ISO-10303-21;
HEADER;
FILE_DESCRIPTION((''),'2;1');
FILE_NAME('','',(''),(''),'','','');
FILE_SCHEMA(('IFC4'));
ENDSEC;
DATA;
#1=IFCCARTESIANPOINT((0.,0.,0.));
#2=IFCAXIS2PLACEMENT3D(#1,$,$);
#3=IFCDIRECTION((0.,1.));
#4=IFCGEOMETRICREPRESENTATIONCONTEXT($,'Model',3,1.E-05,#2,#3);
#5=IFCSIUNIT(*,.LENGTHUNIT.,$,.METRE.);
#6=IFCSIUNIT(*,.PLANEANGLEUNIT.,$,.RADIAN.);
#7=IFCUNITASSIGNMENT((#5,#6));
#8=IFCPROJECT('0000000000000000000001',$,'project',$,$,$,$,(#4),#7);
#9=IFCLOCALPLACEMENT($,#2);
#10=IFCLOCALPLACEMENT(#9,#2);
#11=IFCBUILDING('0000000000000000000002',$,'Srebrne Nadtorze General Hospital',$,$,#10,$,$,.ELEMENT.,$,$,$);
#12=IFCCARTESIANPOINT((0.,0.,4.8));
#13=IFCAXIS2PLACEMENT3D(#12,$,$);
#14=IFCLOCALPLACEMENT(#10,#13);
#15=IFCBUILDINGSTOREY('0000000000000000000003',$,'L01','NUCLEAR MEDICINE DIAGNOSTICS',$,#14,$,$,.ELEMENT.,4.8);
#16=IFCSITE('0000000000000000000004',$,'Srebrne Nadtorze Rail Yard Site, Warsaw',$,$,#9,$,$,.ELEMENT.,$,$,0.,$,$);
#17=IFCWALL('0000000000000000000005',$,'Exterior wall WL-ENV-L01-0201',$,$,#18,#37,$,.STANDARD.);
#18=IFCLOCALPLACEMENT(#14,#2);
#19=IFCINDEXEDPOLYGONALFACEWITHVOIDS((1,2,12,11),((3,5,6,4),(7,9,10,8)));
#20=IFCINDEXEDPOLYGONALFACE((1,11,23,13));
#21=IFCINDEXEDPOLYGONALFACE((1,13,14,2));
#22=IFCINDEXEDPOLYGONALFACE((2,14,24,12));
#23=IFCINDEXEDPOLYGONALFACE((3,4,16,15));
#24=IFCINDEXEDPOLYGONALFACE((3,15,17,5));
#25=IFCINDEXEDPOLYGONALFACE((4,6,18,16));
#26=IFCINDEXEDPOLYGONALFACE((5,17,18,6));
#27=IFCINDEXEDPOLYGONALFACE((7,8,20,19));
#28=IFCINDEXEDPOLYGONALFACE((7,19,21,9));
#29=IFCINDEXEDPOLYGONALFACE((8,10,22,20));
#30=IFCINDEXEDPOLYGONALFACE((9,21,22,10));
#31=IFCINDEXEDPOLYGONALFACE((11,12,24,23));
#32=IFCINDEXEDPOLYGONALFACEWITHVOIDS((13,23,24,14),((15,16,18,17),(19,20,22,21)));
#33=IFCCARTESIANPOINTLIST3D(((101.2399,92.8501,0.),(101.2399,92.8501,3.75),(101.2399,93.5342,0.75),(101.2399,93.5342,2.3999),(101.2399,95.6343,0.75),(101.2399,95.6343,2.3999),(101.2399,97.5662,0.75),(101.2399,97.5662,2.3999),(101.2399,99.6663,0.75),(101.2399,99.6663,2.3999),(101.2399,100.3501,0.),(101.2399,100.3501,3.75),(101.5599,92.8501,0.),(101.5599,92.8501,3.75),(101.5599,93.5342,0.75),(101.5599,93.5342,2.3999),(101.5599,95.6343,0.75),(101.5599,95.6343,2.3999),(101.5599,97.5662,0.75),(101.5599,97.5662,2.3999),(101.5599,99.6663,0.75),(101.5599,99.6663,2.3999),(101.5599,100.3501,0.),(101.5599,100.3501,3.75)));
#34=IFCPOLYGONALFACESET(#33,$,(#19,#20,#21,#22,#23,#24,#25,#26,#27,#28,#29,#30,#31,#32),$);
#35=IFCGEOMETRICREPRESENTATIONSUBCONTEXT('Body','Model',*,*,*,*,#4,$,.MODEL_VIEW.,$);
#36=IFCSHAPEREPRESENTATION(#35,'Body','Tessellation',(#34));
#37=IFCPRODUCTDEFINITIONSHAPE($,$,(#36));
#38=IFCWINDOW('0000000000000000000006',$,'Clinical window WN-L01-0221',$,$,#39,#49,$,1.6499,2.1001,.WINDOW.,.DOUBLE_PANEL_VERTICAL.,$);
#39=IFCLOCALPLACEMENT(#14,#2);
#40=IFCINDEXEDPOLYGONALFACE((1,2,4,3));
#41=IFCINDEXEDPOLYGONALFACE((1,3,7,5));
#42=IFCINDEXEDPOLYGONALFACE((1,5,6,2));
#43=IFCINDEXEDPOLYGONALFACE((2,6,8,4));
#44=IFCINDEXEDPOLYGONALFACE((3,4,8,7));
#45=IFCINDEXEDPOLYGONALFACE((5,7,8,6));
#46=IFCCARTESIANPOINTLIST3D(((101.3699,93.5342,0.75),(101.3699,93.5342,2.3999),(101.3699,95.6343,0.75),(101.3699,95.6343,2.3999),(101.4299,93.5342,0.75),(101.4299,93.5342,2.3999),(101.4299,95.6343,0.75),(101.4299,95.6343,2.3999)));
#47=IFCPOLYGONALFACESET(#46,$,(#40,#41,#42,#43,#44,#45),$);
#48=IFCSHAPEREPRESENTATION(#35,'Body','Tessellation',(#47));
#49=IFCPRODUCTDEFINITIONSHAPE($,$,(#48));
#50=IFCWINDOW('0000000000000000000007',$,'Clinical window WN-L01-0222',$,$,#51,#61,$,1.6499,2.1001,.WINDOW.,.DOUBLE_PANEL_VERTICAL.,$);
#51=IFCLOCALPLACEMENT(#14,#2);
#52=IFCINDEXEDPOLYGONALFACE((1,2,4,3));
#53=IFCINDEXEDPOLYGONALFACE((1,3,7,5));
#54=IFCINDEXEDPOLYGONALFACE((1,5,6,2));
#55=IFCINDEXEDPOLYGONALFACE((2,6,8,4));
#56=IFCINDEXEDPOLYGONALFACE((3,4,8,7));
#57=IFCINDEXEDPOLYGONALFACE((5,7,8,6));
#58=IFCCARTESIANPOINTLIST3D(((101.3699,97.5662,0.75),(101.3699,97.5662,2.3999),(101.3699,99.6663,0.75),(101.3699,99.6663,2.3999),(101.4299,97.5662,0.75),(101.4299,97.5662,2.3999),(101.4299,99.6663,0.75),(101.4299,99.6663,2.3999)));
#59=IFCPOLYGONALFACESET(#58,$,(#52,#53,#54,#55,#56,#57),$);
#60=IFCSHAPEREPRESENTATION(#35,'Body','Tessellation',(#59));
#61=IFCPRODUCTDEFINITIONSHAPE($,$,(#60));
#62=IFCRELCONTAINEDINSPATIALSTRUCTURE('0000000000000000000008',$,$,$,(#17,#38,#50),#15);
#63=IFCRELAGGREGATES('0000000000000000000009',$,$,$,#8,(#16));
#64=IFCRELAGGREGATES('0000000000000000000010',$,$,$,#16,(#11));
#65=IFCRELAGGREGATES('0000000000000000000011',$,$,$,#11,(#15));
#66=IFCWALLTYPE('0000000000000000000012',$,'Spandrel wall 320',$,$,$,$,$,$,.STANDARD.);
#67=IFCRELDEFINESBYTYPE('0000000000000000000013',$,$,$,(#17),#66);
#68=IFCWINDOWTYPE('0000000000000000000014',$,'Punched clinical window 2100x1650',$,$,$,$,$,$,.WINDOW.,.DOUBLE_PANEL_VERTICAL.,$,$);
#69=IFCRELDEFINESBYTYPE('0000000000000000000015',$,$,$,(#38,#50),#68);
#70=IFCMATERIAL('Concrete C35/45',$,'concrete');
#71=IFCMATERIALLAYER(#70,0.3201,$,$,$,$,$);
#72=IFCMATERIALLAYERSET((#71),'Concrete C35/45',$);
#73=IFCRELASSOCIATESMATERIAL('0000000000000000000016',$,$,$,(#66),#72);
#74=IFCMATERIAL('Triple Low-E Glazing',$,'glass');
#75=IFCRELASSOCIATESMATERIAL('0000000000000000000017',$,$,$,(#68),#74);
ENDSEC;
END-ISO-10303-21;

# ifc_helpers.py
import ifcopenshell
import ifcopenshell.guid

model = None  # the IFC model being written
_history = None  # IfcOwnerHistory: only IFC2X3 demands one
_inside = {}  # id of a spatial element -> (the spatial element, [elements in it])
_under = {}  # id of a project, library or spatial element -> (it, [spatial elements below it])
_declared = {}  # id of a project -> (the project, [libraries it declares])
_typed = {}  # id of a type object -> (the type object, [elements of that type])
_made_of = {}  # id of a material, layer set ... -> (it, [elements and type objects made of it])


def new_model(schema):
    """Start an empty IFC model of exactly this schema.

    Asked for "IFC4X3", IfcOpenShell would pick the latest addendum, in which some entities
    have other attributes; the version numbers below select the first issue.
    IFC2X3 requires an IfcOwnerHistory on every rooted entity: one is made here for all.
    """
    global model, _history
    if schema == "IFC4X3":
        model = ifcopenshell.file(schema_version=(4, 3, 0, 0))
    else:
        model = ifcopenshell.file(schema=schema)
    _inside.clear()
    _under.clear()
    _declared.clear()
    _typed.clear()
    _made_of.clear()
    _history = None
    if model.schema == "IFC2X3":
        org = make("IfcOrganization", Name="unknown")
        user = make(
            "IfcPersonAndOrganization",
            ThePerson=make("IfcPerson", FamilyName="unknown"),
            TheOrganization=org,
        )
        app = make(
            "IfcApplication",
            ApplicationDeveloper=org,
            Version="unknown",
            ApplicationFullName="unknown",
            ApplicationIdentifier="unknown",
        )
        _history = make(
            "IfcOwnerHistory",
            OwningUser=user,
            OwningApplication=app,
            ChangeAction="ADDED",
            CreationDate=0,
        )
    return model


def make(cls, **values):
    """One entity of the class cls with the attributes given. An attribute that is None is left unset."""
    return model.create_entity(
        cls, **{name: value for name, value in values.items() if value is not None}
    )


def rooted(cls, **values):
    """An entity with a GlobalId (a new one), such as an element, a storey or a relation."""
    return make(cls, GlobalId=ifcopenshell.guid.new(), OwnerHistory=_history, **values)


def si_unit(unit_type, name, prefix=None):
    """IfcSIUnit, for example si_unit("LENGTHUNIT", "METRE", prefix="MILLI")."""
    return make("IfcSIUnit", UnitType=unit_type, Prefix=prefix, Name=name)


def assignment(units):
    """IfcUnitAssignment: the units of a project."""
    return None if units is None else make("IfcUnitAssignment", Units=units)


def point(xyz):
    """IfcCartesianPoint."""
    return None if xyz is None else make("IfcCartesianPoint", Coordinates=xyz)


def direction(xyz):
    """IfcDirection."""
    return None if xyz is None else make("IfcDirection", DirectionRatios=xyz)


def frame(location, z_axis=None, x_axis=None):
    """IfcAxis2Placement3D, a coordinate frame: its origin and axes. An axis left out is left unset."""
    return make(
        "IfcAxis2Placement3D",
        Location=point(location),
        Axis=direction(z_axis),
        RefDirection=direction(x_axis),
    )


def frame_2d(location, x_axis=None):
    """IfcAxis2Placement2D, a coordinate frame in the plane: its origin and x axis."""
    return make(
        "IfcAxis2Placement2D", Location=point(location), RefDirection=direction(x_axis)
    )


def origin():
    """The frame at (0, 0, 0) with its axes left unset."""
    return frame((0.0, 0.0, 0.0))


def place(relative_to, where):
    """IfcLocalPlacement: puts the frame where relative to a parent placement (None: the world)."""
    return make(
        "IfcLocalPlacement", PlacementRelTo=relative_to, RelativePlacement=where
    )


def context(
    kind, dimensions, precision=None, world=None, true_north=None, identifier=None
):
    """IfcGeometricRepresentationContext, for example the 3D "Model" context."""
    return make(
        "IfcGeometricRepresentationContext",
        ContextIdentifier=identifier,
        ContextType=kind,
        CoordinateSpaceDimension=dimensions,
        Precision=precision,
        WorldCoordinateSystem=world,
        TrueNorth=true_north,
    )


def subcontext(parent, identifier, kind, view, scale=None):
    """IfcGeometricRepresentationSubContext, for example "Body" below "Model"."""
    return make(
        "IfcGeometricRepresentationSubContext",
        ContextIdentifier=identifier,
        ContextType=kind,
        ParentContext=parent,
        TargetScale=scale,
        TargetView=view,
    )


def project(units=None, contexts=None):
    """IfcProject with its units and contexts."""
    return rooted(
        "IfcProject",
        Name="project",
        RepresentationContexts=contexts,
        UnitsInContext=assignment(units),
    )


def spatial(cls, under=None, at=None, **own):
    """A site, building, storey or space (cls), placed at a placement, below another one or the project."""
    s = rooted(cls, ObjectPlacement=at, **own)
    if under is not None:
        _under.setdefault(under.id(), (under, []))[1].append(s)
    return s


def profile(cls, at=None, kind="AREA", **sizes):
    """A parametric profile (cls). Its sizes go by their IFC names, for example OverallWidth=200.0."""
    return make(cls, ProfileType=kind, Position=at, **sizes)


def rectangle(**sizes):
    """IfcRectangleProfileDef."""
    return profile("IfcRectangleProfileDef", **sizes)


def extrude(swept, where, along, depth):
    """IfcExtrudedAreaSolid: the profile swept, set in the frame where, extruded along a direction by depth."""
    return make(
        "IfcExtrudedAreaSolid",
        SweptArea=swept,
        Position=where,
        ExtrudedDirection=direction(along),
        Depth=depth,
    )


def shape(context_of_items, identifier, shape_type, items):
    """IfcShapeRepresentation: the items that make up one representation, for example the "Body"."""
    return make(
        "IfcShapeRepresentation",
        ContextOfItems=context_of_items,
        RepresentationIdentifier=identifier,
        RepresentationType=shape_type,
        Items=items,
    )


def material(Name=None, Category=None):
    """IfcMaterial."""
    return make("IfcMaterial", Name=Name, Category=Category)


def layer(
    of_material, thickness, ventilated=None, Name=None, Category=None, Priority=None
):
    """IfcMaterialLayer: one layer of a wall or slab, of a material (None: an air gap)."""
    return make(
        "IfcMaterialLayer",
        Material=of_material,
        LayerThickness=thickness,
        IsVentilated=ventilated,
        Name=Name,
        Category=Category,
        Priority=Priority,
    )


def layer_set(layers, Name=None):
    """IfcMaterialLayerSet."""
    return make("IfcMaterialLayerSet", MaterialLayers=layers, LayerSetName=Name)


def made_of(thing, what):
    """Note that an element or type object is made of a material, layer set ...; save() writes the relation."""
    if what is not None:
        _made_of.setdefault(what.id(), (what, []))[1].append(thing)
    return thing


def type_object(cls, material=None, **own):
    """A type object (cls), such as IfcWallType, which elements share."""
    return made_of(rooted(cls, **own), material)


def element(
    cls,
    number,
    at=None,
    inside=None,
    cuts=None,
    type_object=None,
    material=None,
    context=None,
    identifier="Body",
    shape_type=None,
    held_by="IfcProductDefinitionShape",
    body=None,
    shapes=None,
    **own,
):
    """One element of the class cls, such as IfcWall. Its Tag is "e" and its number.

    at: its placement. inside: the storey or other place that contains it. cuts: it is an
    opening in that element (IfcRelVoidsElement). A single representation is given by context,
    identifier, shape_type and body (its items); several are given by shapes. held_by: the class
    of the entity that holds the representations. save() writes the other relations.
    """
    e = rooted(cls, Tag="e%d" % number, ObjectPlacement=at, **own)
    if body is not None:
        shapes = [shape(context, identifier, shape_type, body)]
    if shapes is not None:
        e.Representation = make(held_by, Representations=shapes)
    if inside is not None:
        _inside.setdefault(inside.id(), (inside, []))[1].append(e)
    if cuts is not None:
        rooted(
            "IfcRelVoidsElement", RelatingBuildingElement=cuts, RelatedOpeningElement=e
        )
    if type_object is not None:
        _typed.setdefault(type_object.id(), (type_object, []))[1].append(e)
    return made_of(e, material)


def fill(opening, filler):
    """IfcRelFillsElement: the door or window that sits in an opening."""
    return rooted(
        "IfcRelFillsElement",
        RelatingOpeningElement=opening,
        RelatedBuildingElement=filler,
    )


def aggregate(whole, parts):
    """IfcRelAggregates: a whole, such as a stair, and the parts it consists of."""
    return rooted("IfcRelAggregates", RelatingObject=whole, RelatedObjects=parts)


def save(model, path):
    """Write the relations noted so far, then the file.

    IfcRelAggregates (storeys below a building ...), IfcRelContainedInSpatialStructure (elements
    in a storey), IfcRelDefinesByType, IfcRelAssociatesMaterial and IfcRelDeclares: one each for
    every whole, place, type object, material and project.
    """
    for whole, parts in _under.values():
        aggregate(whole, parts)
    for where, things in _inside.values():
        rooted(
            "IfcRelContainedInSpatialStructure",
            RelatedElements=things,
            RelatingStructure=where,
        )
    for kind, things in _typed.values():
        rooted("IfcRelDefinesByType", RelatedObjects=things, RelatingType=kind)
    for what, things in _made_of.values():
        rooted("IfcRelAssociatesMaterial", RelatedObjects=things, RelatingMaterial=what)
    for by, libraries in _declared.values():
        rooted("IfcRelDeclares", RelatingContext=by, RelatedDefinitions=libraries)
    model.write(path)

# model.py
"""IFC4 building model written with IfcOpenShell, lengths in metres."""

from ifc_helpers import new_model, si_unit, direction, frame, frame_2d, origin, place, context, subcontext, project, spatial, rectangle, extrude, material, layer, layer_set, type_object, element, fill, save


model = new_model("IFC4")

# Units and contexts
model_context = context("Model", 3, precision=1e-05, world=origin(), true_north=direction((0.0, 1.0)))
body_context = subcontext(model_context, "Body", "Model", "MODEL_VIEW")
ifc_project = project(units=[si_unit("LENGTHUNIT", "METRE"), si_unit("PLANEANGLEUNIT", "RADIAN")], contexts=[model_context])

# Site, building, storey
site_placement = place(None, origin())
site = spatial("IfcSite", under=ifc_project, at=site_placement, Name="Srebrne Nadtorze Rail Yard Site, Warsaw", CompositionType="ELEMENT", RefElevation=0.0)
building_placement = place(site_placement, origin())
building = spatial("IfcBuilding", under=site, at=building_placement, Name="Srebrne Nadtorze General Hospital", CompositionType="ELEMENT")
storey_placement = place(building_placement, frame((0.0, 0.0, 4.8)))
storey = spatial("IfcBuildingStorey", under=building, at=storey_placement, Name="L01", Description="NUCLEAR MEDICINE DIAGNOSTICS", CompositionType="ELEMENT", Elevation=4.8)

# Wall, openings, windows
ifc_material_1 = material(Name="Concrete C35/45", Category="concrete")
ifc_layer_1 = layer(ifc_material_1, 0.3201)
ifc_layer_set_1 = layer_set([ifc_layer_1], Name="Concrete C35/45")
wall_type_1 = type_object("IfcWallType", Name="Spandrel wall 320", PredefinedType="STANDARD", material=ifc_layer_set_1)
wall_1_placement = place(storey_placement, frame((101.3999, 92.8501, 0.0), z_axis=(0.0, 0.0, 1.0), x_axis=(0.0, 1.0, 0.0)))
wall_1 = element("IfcWall", 1, at=wall_1_placement, inside=storey, type_object=wall_type_1, Name="Exterior wall WL-ENV-L01-0201", PredefinedType="STANDARD", context=body_context, shape_type="SweptSolid", body=[
    extrude(rectangle(XDim=7.5, YDim=0.3201, at=frame_2d((3.75, 0.0))), origin(), (0.0, 0.0, 1.0), 3.75),
])
opening_1_placement = place(wall_1_placement, frame((0.6841, 0.0, 0.75)))
opening_1 = element("IfcOpeningElement", 2, at=opening_1_placement, cuts=wall_1, PredefinedType="OPENING", context=body_context, shape_type="SweptSolid", body=[
    extrude(rectangle(XDim=2.1001, YDim=1.6499, at=frame_2d((1.05, 0.825))), frame((0.0, 0.1719, 0.0), z_axis=(0.0, -1.0, 0.0), x_axis=(1.0, 0.0, 0.0)), (0.0, 0.0, 1.0), 0.344),
])
opening_2_placement = place(wall_1_placement, frame((4.7161, 0.0, 0.75)))
opening_2 = element("IfcOpeningElement", 3, at=opening_2_placement, cuts=wall_1, PredefinedType="OPENING", context=body_context, shape_type="SweptSolid", body=[
    extrude(rectangle(XDim=2.1001, YDim=1.6499, at=frame_2d((1.05, 0.825))), frame((0.0, 0.1719, 0.0), z_axis=(0.0, -1.0, 0.0), x_axis=(1.0, 0.0, 0.0)), (0.0, 0.0, 1.0), 0.344),
])
ifc_material_2 = material(Name="Triple Low-E Glazing", Category="glass")
window_type_1 = type_object("IfcWindowType", Name="Punched clinical window 2100x1650", PartitioningType="DOUBLE_PANEL_VERTICAL", PredefinedType="WINDOW", material=ifc_material_2)
window_1_placement = place(opening_1_placement, origin())
window_1 = element("IfcWindow", 4, at=window_1_placement, inside=storey, type_object=window_type_1, Name="Clinical window WN-L01-0221", OverallHeight=1.6499, OverallWidth=2.1001, PartitioningType="DOUBLE_PANEL_VERTICAL", PredefinedType="WINDOW", context=body_context, shape_type="SweptSolid", body=[
    extrude(rectangle(XDim=2.1001, YDim=1.6499, at=frame_2d((1.05, 0.825))), frame((0.0, 0.03, 0.0), z_axis=(0.0, -1.0, 0.0), x_axis=(1.0, 0.0, 0.0)), (0.0, 0.0, 1.0), 0.0601),
])
fill(opening_1, window_1)
window_2_placement = place(opening_2_placement, origin())
window_2 = element("IfcWindow", 5, at=window_2_placement, inside=storey, type_object=window_type_1, Name="Clinical window WN-L01-0222", OverallHeight=1.6499, OverallWidth=2.1001, PartitioningType="DOUBLE_PANEL_VERTICAL", PredefinedType="WINDOW", context=body_context, shape_type="SweptSolid", body=[
    extrude(rectangle(XDim=2.1001, YDim=1.6499, at=frame_2d((1.05, 0.825))), frame((0.0, 0.03, 0.0), z_axis=(0.0, -1.0, 0.0), x_axis=(1.0, 0.0, 0.0)), (0.0, 0.0, 1.0), 0.0601),
])
fill(opening_2, window_2)

save(model, "model.ifc")
